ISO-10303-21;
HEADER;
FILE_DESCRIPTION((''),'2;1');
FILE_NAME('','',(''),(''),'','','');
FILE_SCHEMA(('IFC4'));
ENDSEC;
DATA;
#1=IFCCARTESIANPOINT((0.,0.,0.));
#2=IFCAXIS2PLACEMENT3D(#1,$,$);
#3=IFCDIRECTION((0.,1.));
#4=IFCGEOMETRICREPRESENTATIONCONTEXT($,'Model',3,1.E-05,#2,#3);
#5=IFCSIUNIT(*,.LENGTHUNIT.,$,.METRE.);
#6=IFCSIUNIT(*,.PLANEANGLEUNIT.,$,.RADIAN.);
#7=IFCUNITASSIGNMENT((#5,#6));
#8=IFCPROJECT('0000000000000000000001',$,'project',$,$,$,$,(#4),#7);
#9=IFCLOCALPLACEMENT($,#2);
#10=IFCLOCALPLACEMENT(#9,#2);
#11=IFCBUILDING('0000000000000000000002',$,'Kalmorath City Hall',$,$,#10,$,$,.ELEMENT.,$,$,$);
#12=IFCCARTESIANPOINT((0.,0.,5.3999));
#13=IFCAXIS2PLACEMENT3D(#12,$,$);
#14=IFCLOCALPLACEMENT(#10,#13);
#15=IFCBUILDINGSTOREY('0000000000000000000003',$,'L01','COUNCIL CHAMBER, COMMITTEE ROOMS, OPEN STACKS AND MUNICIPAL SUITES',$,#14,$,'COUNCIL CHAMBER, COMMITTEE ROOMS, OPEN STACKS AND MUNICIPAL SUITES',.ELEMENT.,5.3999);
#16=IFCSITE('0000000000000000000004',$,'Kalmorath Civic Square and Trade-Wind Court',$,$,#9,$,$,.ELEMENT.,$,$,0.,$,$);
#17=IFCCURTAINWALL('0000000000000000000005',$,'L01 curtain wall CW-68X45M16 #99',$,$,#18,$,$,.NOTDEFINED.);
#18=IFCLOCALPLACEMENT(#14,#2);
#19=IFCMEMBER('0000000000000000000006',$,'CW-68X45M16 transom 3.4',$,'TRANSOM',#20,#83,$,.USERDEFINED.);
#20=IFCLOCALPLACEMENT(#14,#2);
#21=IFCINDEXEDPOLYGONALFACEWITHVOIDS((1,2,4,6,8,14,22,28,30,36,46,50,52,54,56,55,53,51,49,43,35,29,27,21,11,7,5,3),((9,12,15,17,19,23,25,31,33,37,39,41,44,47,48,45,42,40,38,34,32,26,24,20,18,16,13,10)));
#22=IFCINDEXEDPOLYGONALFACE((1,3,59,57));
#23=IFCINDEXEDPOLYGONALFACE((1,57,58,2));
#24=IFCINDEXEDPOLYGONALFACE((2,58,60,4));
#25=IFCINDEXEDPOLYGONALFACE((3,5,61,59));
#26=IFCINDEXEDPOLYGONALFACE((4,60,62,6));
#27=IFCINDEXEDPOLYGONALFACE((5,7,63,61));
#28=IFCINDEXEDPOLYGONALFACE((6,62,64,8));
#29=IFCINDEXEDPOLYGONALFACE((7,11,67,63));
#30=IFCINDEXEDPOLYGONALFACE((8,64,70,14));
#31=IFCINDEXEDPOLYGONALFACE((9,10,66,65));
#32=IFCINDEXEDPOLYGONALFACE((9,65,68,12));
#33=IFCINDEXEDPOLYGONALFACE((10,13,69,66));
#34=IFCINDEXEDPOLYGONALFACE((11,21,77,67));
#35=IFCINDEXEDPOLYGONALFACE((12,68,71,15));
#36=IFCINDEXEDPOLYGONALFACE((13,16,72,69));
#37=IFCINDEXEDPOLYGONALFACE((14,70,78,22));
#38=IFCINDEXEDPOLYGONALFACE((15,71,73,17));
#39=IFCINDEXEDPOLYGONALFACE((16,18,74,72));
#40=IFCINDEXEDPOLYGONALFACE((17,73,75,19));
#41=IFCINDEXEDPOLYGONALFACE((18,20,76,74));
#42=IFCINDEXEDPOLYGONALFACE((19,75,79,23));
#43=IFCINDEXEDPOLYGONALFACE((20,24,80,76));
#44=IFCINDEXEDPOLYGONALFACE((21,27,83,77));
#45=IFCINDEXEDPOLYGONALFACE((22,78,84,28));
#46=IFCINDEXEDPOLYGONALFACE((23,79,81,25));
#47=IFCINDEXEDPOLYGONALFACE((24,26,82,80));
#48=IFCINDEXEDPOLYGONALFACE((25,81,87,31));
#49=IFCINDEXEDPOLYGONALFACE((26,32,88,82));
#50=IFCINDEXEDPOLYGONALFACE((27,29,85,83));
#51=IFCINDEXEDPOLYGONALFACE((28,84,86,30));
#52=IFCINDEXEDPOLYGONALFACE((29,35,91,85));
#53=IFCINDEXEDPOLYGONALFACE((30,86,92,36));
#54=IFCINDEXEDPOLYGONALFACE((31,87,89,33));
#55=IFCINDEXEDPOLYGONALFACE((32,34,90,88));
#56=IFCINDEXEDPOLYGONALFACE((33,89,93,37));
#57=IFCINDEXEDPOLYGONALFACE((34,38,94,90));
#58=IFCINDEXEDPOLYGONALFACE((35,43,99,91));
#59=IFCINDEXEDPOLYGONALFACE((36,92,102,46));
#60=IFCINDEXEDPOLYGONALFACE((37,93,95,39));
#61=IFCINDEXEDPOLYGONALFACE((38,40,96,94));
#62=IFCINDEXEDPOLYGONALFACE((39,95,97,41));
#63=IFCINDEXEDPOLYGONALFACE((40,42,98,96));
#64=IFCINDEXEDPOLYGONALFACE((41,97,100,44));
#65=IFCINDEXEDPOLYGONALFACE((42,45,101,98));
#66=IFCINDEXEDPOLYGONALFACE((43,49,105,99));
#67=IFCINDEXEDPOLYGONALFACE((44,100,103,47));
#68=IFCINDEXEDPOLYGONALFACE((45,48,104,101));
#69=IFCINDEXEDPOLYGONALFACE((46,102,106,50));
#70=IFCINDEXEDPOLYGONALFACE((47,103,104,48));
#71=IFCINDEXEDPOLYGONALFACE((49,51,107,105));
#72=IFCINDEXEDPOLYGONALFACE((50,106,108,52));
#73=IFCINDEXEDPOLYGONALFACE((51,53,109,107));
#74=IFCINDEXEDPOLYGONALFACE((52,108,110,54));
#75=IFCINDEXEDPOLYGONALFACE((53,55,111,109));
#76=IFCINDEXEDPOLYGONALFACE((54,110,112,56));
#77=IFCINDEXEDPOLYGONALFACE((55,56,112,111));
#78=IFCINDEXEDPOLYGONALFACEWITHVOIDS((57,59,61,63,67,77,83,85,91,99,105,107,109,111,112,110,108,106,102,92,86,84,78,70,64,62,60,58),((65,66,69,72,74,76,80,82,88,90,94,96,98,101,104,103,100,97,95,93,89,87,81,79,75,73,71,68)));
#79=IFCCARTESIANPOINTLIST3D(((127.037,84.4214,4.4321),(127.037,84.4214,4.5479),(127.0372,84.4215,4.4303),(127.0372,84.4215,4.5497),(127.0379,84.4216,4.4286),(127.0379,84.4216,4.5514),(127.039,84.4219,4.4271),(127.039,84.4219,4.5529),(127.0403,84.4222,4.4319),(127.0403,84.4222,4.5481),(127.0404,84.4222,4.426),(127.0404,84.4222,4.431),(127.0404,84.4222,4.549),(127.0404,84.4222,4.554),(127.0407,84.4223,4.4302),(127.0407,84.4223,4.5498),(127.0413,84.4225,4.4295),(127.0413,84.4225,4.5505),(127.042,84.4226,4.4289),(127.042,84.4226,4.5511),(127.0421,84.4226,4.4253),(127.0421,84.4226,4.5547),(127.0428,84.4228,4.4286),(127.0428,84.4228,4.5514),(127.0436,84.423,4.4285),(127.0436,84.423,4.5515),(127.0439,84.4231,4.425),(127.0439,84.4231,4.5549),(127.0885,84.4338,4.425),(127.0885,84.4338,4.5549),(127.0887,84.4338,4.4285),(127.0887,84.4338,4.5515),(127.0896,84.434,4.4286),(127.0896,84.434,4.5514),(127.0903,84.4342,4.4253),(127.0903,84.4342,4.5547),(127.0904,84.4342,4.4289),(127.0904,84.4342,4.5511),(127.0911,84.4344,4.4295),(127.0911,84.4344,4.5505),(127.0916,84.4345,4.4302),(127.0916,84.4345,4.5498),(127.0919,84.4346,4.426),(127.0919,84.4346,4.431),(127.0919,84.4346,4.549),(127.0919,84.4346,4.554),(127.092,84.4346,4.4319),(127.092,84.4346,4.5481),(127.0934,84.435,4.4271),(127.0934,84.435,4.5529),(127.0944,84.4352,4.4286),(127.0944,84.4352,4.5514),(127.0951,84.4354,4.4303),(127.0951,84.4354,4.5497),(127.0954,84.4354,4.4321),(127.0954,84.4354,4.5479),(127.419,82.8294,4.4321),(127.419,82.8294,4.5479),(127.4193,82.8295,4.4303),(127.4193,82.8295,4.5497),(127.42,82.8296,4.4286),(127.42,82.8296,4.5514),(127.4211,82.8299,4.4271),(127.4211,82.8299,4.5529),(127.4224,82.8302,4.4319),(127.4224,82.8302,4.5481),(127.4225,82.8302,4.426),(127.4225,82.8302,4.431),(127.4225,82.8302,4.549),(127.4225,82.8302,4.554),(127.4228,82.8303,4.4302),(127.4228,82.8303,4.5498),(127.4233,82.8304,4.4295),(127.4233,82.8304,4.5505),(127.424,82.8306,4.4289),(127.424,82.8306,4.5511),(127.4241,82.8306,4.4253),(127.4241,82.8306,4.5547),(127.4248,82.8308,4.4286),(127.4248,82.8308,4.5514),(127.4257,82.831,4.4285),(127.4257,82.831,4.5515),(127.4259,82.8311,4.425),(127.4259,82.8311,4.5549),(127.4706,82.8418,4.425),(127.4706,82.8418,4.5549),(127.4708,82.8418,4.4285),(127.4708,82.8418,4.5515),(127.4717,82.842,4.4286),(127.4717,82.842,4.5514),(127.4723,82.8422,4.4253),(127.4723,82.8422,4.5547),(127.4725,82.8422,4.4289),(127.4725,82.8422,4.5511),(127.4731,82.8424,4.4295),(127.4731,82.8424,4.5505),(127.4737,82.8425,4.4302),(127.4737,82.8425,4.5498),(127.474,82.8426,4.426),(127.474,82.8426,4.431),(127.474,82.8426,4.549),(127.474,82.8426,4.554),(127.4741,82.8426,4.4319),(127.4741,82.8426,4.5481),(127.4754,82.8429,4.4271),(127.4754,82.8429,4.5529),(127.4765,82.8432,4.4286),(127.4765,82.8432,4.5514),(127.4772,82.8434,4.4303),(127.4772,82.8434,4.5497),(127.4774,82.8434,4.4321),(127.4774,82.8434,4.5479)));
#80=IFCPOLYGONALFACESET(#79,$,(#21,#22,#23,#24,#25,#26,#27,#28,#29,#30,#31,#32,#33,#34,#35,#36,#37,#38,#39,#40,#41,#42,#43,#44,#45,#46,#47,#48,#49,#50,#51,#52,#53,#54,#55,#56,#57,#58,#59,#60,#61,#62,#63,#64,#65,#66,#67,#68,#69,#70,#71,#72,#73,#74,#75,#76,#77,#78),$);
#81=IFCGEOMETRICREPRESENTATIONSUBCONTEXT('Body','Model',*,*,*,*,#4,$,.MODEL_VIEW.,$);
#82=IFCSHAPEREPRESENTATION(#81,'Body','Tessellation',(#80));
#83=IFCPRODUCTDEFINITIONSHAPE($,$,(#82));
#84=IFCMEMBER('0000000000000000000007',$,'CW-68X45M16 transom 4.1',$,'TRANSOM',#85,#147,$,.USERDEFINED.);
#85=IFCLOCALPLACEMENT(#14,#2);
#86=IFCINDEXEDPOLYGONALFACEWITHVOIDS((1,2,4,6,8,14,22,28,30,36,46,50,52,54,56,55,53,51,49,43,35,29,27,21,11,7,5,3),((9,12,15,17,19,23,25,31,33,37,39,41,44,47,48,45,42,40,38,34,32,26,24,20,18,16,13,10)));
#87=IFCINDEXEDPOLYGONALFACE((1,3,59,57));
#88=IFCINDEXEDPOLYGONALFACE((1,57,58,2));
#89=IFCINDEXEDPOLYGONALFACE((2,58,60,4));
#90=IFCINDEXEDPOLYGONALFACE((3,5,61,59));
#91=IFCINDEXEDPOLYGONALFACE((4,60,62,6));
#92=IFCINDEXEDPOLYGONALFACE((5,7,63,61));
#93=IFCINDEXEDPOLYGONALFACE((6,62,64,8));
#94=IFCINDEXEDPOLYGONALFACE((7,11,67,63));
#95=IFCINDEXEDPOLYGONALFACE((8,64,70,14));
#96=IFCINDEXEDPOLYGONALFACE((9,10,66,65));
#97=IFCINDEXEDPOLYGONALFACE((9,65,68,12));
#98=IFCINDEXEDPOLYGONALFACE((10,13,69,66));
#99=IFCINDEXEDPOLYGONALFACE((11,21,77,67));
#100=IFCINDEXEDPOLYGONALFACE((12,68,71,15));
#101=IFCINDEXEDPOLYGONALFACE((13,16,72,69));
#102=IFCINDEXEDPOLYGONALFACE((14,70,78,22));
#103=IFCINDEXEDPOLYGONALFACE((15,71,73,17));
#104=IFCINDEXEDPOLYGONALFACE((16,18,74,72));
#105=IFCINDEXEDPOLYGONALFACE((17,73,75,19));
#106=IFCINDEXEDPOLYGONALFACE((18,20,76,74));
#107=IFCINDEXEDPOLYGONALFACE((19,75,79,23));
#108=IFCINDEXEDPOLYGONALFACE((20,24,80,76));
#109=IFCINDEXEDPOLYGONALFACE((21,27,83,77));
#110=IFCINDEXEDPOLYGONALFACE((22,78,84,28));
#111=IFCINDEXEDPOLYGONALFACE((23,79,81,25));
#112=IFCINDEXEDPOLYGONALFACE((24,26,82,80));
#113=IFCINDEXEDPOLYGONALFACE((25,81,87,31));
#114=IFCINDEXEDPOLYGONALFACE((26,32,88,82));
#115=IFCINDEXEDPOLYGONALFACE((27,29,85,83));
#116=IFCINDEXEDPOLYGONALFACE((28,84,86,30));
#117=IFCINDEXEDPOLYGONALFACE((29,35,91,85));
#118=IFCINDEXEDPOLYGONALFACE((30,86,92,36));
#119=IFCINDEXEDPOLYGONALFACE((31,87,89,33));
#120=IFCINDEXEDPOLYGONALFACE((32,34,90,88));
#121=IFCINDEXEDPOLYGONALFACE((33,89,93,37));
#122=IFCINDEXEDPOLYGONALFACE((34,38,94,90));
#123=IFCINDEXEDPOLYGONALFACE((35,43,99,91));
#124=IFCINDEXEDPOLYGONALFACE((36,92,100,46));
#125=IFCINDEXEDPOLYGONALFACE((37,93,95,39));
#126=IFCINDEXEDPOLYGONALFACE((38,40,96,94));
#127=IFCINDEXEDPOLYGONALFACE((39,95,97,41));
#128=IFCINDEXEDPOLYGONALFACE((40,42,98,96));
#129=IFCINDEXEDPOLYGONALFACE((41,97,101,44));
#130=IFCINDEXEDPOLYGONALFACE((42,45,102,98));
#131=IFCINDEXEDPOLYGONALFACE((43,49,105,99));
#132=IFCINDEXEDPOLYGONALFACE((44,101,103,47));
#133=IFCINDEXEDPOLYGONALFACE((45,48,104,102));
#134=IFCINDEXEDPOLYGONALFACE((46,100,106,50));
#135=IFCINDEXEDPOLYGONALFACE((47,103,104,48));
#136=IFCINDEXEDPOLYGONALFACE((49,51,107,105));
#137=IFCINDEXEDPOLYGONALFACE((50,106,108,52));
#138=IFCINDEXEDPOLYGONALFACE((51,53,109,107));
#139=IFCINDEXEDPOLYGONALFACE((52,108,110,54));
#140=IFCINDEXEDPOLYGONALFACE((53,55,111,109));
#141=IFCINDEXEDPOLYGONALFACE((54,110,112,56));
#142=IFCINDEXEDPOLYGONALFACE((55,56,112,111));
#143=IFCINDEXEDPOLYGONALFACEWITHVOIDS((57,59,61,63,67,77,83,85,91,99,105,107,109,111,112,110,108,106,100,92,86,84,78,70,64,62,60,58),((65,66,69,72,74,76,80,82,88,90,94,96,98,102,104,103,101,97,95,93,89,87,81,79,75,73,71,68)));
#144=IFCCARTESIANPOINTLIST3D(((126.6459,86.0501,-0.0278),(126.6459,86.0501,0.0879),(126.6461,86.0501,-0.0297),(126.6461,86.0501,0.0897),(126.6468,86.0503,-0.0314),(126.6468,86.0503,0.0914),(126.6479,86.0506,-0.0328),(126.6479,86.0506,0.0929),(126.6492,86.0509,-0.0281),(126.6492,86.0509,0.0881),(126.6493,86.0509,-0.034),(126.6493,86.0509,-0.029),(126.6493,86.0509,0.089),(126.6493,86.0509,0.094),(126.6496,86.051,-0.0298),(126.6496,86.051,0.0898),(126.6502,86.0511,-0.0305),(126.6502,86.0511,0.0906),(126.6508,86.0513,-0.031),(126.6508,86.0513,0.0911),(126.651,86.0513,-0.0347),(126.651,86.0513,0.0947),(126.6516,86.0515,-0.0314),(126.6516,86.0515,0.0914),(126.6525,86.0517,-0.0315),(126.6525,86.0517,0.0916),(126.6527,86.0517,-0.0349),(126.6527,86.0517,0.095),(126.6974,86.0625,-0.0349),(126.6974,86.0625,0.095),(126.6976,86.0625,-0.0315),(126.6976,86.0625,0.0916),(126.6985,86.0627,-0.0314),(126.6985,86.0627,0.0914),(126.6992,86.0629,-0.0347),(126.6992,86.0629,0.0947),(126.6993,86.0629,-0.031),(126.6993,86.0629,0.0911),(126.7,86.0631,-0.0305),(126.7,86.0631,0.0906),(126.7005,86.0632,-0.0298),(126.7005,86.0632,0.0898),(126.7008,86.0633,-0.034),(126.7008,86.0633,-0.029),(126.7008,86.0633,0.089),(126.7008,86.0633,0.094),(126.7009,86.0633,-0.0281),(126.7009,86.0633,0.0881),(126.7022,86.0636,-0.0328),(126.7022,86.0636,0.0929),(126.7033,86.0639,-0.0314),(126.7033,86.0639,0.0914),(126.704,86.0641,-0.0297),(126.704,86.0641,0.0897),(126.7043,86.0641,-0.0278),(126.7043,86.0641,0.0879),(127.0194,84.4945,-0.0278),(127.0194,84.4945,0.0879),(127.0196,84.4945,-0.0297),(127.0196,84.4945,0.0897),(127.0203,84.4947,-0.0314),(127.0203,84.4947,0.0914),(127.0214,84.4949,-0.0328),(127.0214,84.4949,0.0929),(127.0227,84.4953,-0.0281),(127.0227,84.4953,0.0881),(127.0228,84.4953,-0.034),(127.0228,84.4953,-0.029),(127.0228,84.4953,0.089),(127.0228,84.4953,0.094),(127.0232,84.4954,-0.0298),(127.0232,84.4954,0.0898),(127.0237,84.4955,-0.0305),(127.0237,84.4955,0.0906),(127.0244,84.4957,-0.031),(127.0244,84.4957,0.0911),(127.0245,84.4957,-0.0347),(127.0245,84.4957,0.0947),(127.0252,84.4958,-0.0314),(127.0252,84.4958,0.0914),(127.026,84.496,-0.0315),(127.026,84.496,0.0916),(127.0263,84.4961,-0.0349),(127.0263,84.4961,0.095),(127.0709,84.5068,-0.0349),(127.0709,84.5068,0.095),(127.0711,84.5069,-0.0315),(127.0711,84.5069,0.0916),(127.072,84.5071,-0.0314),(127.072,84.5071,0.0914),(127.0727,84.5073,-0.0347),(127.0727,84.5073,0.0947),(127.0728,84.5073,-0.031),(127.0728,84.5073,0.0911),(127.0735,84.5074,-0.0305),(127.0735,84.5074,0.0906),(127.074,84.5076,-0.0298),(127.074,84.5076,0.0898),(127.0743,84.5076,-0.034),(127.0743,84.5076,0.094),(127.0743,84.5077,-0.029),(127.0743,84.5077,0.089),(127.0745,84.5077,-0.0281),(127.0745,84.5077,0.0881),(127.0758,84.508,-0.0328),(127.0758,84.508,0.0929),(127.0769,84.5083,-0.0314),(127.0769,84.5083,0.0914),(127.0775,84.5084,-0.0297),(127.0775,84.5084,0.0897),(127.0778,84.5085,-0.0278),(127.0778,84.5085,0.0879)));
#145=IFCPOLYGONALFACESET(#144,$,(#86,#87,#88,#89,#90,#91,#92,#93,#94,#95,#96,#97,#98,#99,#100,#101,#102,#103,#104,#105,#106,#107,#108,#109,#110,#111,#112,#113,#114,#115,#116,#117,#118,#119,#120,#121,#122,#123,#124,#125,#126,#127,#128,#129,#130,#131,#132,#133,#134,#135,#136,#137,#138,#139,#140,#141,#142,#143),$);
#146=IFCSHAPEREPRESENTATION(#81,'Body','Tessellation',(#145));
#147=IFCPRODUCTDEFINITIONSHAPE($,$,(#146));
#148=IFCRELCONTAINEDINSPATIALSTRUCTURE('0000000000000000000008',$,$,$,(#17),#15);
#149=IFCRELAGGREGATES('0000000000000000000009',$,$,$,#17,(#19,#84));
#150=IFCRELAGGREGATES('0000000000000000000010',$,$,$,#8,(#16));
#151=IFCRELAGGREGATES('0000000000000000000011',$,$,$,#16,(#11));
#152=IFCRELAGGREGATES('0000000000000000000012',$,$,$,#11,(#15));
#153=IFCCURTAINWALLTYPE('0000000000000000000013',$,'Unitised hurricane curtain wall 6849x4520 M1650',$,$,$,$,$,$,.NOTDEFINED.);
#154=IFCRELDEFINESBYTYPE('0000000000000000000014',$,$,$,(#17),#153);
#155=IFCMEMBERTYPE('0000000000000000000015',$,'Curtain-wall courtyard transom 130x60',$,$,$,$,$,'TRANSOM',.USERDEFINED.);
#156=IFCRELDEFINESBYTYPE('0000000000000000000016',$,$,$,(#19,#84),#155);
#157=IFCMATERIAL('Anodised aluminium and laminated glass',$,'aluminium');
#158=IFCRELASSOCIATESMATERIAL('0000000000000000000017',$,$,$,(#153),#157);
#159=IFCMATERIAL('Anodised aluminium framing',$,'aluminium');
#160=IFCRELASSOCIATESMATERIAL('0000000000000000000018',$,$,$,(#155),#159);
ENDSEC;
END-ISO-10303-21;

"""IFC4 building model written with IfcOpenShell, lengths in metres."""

from ifc_helpers import new_model, si_unit, direction, frame, origin, origin_2d, place, context, subcontext, project, spatial, hollow_rectangle, extrude, material, material_profile, profile_set, type_object, element, aggregate, save


model = new_model("IFC4")

# Units and contexts
model_context = context("Model", 3, precision=1e-05, world=origin(), true_north=direction((0.0, 1.0)))
body_context = subcontext(model_context, "Body", "Model", "MODEL_VIEW")
ifc_project = project(units=[si_unit("LENGTHUNIT", "METRE"), si_unit("PLANEANGLEUNIT", "RADIAN")], contexts=[model_context])

# Site, building, storey
site_placement = place(None, origin())
site = spatial("IfcSite", under=ifc_project, at=site_placement, Name="Kalmorath Civic Square and Trade-Wind Court", CompositionType="ELEMENT", RefElevation=0.0)
building_placement = place(site_placement, origin())
building = spatial("IfcBuilding", under=site, at=building_placement, Name="Kalmorath City Hall", CompositionType="ELEMENT")
storey_placement = place(building_placement, frame((0.0, 0.0, 5.3999)))
storey = spatial("IfcBuildingStorey", under=building, at=storey_placement, Name="L01", Description="COUNCIL CHAMBER, COMMITTEE ROOMS, OPEN STACKS AND MUNICIPAL SUITES", LongName="COUNCIL CHAMBER, COMMITTEE ROOMS, OPEN STACKS AND MUNICIPAL SUITES", CompositionType="ELEMENT", Elevation=5.3999)

# Curtain wall, members
ifc_material_1 = material(Name="Anodised aluminium and laminated glass", Category="aluminium")
curtain_wall_type_1 = type_object("IfcCurtainWallType", Name="Unitised hurricane curtain wall 6849x4520 M1650", PredefinedType="NOTDEFINED", material=ifc_material_1)
curtain_wall_1_placement = place(storey_placement, origin())
curtain_wall_1 = element("IfcCurtainWall", 1, at=curtain_wall_1_placement, inside=storey, type_object=curtain_wall_type_1, Name="L01 curtain wall CW-68X45M16 #99", PredefinedType="NOTDEFINED")
ifc_material_2 = material(Name="Anodised aluminium framing", Category="aluminium")
ifc_material_profile_1 = material_profile(ifc_material_2, hollow_rectangle(XDim=0.0601, YDim=0.1299, WallThickness=0.0034, InnerFilletRadius=0.0034, OuterFilletRadius=0.0071, at=origin_2d()), Name="ALU-TRN-130X60X3.5")
ifc_profile_set_1 = profile_set([ifc_material_profile_1], Name="Anodised aluminium framing")
member_type_1 = type_object("IfcMemberType", Name="Curtain-wall courtyard transom 130x60", ElementType="TRANSOM", PredefinedType="USERDEFINED", material=ifc_profile_set_1)
member_1_placement = place(storey_placement, frame((127.4482, 82.8364, 4.49), z_axis=(-0.233367, 0.972389, 0.0), x_axis=(-0.972389, -0.233367, 0.0)))
member_1 = element("IfcMember", 2, at=member_1_placement, type_object=member_type_1, Name="CW-68X45M16 transom 3.4", ObjectType="TRANSOM", PredefinedType="USERDEFINED", context=body_context, shape_type="SweptSolid", body=[
    extrude(hollow_rectangle(XDim=0.0601, YDim=0.1299, WallThickness=0.0034, InnerFilletRadius=0.0034, OuterFilletRadius=0.0071, at=origin_2d()), origin(), (0.0, 0.0, 1.0), 1.6372),
])
member_2_placement = place(storey_placement, frame((127.0486, 84.5015, 0.03), z_axis=(-0.233477, 0.972362, 0.0), x_axis=(-0.972362, -0.233477, 0.0)))
member_2 = element("IfcMember", 3, at=member_2_placement, type_object=member_type_1, Name="CW-68X45M16 transom 4.1", ObjectType="TRANSOM", PredefinedType="USERDEFINED", context=body_context, shape_type="SweptSolid", body=[
    extrude(hollow_rectangle(XDim=0.0601, YDim=0.1299, WallThickness=0.0034, InnerFilletRadius=0.0034, OuterFilletRadius=0.0071, at=origin_2d()), origin(), (0.0, 0.0, 1.0), 1.5999),
])

aggregate(curtain_wall_1, [member_1, member_2])

save(model, "model.ifc")
